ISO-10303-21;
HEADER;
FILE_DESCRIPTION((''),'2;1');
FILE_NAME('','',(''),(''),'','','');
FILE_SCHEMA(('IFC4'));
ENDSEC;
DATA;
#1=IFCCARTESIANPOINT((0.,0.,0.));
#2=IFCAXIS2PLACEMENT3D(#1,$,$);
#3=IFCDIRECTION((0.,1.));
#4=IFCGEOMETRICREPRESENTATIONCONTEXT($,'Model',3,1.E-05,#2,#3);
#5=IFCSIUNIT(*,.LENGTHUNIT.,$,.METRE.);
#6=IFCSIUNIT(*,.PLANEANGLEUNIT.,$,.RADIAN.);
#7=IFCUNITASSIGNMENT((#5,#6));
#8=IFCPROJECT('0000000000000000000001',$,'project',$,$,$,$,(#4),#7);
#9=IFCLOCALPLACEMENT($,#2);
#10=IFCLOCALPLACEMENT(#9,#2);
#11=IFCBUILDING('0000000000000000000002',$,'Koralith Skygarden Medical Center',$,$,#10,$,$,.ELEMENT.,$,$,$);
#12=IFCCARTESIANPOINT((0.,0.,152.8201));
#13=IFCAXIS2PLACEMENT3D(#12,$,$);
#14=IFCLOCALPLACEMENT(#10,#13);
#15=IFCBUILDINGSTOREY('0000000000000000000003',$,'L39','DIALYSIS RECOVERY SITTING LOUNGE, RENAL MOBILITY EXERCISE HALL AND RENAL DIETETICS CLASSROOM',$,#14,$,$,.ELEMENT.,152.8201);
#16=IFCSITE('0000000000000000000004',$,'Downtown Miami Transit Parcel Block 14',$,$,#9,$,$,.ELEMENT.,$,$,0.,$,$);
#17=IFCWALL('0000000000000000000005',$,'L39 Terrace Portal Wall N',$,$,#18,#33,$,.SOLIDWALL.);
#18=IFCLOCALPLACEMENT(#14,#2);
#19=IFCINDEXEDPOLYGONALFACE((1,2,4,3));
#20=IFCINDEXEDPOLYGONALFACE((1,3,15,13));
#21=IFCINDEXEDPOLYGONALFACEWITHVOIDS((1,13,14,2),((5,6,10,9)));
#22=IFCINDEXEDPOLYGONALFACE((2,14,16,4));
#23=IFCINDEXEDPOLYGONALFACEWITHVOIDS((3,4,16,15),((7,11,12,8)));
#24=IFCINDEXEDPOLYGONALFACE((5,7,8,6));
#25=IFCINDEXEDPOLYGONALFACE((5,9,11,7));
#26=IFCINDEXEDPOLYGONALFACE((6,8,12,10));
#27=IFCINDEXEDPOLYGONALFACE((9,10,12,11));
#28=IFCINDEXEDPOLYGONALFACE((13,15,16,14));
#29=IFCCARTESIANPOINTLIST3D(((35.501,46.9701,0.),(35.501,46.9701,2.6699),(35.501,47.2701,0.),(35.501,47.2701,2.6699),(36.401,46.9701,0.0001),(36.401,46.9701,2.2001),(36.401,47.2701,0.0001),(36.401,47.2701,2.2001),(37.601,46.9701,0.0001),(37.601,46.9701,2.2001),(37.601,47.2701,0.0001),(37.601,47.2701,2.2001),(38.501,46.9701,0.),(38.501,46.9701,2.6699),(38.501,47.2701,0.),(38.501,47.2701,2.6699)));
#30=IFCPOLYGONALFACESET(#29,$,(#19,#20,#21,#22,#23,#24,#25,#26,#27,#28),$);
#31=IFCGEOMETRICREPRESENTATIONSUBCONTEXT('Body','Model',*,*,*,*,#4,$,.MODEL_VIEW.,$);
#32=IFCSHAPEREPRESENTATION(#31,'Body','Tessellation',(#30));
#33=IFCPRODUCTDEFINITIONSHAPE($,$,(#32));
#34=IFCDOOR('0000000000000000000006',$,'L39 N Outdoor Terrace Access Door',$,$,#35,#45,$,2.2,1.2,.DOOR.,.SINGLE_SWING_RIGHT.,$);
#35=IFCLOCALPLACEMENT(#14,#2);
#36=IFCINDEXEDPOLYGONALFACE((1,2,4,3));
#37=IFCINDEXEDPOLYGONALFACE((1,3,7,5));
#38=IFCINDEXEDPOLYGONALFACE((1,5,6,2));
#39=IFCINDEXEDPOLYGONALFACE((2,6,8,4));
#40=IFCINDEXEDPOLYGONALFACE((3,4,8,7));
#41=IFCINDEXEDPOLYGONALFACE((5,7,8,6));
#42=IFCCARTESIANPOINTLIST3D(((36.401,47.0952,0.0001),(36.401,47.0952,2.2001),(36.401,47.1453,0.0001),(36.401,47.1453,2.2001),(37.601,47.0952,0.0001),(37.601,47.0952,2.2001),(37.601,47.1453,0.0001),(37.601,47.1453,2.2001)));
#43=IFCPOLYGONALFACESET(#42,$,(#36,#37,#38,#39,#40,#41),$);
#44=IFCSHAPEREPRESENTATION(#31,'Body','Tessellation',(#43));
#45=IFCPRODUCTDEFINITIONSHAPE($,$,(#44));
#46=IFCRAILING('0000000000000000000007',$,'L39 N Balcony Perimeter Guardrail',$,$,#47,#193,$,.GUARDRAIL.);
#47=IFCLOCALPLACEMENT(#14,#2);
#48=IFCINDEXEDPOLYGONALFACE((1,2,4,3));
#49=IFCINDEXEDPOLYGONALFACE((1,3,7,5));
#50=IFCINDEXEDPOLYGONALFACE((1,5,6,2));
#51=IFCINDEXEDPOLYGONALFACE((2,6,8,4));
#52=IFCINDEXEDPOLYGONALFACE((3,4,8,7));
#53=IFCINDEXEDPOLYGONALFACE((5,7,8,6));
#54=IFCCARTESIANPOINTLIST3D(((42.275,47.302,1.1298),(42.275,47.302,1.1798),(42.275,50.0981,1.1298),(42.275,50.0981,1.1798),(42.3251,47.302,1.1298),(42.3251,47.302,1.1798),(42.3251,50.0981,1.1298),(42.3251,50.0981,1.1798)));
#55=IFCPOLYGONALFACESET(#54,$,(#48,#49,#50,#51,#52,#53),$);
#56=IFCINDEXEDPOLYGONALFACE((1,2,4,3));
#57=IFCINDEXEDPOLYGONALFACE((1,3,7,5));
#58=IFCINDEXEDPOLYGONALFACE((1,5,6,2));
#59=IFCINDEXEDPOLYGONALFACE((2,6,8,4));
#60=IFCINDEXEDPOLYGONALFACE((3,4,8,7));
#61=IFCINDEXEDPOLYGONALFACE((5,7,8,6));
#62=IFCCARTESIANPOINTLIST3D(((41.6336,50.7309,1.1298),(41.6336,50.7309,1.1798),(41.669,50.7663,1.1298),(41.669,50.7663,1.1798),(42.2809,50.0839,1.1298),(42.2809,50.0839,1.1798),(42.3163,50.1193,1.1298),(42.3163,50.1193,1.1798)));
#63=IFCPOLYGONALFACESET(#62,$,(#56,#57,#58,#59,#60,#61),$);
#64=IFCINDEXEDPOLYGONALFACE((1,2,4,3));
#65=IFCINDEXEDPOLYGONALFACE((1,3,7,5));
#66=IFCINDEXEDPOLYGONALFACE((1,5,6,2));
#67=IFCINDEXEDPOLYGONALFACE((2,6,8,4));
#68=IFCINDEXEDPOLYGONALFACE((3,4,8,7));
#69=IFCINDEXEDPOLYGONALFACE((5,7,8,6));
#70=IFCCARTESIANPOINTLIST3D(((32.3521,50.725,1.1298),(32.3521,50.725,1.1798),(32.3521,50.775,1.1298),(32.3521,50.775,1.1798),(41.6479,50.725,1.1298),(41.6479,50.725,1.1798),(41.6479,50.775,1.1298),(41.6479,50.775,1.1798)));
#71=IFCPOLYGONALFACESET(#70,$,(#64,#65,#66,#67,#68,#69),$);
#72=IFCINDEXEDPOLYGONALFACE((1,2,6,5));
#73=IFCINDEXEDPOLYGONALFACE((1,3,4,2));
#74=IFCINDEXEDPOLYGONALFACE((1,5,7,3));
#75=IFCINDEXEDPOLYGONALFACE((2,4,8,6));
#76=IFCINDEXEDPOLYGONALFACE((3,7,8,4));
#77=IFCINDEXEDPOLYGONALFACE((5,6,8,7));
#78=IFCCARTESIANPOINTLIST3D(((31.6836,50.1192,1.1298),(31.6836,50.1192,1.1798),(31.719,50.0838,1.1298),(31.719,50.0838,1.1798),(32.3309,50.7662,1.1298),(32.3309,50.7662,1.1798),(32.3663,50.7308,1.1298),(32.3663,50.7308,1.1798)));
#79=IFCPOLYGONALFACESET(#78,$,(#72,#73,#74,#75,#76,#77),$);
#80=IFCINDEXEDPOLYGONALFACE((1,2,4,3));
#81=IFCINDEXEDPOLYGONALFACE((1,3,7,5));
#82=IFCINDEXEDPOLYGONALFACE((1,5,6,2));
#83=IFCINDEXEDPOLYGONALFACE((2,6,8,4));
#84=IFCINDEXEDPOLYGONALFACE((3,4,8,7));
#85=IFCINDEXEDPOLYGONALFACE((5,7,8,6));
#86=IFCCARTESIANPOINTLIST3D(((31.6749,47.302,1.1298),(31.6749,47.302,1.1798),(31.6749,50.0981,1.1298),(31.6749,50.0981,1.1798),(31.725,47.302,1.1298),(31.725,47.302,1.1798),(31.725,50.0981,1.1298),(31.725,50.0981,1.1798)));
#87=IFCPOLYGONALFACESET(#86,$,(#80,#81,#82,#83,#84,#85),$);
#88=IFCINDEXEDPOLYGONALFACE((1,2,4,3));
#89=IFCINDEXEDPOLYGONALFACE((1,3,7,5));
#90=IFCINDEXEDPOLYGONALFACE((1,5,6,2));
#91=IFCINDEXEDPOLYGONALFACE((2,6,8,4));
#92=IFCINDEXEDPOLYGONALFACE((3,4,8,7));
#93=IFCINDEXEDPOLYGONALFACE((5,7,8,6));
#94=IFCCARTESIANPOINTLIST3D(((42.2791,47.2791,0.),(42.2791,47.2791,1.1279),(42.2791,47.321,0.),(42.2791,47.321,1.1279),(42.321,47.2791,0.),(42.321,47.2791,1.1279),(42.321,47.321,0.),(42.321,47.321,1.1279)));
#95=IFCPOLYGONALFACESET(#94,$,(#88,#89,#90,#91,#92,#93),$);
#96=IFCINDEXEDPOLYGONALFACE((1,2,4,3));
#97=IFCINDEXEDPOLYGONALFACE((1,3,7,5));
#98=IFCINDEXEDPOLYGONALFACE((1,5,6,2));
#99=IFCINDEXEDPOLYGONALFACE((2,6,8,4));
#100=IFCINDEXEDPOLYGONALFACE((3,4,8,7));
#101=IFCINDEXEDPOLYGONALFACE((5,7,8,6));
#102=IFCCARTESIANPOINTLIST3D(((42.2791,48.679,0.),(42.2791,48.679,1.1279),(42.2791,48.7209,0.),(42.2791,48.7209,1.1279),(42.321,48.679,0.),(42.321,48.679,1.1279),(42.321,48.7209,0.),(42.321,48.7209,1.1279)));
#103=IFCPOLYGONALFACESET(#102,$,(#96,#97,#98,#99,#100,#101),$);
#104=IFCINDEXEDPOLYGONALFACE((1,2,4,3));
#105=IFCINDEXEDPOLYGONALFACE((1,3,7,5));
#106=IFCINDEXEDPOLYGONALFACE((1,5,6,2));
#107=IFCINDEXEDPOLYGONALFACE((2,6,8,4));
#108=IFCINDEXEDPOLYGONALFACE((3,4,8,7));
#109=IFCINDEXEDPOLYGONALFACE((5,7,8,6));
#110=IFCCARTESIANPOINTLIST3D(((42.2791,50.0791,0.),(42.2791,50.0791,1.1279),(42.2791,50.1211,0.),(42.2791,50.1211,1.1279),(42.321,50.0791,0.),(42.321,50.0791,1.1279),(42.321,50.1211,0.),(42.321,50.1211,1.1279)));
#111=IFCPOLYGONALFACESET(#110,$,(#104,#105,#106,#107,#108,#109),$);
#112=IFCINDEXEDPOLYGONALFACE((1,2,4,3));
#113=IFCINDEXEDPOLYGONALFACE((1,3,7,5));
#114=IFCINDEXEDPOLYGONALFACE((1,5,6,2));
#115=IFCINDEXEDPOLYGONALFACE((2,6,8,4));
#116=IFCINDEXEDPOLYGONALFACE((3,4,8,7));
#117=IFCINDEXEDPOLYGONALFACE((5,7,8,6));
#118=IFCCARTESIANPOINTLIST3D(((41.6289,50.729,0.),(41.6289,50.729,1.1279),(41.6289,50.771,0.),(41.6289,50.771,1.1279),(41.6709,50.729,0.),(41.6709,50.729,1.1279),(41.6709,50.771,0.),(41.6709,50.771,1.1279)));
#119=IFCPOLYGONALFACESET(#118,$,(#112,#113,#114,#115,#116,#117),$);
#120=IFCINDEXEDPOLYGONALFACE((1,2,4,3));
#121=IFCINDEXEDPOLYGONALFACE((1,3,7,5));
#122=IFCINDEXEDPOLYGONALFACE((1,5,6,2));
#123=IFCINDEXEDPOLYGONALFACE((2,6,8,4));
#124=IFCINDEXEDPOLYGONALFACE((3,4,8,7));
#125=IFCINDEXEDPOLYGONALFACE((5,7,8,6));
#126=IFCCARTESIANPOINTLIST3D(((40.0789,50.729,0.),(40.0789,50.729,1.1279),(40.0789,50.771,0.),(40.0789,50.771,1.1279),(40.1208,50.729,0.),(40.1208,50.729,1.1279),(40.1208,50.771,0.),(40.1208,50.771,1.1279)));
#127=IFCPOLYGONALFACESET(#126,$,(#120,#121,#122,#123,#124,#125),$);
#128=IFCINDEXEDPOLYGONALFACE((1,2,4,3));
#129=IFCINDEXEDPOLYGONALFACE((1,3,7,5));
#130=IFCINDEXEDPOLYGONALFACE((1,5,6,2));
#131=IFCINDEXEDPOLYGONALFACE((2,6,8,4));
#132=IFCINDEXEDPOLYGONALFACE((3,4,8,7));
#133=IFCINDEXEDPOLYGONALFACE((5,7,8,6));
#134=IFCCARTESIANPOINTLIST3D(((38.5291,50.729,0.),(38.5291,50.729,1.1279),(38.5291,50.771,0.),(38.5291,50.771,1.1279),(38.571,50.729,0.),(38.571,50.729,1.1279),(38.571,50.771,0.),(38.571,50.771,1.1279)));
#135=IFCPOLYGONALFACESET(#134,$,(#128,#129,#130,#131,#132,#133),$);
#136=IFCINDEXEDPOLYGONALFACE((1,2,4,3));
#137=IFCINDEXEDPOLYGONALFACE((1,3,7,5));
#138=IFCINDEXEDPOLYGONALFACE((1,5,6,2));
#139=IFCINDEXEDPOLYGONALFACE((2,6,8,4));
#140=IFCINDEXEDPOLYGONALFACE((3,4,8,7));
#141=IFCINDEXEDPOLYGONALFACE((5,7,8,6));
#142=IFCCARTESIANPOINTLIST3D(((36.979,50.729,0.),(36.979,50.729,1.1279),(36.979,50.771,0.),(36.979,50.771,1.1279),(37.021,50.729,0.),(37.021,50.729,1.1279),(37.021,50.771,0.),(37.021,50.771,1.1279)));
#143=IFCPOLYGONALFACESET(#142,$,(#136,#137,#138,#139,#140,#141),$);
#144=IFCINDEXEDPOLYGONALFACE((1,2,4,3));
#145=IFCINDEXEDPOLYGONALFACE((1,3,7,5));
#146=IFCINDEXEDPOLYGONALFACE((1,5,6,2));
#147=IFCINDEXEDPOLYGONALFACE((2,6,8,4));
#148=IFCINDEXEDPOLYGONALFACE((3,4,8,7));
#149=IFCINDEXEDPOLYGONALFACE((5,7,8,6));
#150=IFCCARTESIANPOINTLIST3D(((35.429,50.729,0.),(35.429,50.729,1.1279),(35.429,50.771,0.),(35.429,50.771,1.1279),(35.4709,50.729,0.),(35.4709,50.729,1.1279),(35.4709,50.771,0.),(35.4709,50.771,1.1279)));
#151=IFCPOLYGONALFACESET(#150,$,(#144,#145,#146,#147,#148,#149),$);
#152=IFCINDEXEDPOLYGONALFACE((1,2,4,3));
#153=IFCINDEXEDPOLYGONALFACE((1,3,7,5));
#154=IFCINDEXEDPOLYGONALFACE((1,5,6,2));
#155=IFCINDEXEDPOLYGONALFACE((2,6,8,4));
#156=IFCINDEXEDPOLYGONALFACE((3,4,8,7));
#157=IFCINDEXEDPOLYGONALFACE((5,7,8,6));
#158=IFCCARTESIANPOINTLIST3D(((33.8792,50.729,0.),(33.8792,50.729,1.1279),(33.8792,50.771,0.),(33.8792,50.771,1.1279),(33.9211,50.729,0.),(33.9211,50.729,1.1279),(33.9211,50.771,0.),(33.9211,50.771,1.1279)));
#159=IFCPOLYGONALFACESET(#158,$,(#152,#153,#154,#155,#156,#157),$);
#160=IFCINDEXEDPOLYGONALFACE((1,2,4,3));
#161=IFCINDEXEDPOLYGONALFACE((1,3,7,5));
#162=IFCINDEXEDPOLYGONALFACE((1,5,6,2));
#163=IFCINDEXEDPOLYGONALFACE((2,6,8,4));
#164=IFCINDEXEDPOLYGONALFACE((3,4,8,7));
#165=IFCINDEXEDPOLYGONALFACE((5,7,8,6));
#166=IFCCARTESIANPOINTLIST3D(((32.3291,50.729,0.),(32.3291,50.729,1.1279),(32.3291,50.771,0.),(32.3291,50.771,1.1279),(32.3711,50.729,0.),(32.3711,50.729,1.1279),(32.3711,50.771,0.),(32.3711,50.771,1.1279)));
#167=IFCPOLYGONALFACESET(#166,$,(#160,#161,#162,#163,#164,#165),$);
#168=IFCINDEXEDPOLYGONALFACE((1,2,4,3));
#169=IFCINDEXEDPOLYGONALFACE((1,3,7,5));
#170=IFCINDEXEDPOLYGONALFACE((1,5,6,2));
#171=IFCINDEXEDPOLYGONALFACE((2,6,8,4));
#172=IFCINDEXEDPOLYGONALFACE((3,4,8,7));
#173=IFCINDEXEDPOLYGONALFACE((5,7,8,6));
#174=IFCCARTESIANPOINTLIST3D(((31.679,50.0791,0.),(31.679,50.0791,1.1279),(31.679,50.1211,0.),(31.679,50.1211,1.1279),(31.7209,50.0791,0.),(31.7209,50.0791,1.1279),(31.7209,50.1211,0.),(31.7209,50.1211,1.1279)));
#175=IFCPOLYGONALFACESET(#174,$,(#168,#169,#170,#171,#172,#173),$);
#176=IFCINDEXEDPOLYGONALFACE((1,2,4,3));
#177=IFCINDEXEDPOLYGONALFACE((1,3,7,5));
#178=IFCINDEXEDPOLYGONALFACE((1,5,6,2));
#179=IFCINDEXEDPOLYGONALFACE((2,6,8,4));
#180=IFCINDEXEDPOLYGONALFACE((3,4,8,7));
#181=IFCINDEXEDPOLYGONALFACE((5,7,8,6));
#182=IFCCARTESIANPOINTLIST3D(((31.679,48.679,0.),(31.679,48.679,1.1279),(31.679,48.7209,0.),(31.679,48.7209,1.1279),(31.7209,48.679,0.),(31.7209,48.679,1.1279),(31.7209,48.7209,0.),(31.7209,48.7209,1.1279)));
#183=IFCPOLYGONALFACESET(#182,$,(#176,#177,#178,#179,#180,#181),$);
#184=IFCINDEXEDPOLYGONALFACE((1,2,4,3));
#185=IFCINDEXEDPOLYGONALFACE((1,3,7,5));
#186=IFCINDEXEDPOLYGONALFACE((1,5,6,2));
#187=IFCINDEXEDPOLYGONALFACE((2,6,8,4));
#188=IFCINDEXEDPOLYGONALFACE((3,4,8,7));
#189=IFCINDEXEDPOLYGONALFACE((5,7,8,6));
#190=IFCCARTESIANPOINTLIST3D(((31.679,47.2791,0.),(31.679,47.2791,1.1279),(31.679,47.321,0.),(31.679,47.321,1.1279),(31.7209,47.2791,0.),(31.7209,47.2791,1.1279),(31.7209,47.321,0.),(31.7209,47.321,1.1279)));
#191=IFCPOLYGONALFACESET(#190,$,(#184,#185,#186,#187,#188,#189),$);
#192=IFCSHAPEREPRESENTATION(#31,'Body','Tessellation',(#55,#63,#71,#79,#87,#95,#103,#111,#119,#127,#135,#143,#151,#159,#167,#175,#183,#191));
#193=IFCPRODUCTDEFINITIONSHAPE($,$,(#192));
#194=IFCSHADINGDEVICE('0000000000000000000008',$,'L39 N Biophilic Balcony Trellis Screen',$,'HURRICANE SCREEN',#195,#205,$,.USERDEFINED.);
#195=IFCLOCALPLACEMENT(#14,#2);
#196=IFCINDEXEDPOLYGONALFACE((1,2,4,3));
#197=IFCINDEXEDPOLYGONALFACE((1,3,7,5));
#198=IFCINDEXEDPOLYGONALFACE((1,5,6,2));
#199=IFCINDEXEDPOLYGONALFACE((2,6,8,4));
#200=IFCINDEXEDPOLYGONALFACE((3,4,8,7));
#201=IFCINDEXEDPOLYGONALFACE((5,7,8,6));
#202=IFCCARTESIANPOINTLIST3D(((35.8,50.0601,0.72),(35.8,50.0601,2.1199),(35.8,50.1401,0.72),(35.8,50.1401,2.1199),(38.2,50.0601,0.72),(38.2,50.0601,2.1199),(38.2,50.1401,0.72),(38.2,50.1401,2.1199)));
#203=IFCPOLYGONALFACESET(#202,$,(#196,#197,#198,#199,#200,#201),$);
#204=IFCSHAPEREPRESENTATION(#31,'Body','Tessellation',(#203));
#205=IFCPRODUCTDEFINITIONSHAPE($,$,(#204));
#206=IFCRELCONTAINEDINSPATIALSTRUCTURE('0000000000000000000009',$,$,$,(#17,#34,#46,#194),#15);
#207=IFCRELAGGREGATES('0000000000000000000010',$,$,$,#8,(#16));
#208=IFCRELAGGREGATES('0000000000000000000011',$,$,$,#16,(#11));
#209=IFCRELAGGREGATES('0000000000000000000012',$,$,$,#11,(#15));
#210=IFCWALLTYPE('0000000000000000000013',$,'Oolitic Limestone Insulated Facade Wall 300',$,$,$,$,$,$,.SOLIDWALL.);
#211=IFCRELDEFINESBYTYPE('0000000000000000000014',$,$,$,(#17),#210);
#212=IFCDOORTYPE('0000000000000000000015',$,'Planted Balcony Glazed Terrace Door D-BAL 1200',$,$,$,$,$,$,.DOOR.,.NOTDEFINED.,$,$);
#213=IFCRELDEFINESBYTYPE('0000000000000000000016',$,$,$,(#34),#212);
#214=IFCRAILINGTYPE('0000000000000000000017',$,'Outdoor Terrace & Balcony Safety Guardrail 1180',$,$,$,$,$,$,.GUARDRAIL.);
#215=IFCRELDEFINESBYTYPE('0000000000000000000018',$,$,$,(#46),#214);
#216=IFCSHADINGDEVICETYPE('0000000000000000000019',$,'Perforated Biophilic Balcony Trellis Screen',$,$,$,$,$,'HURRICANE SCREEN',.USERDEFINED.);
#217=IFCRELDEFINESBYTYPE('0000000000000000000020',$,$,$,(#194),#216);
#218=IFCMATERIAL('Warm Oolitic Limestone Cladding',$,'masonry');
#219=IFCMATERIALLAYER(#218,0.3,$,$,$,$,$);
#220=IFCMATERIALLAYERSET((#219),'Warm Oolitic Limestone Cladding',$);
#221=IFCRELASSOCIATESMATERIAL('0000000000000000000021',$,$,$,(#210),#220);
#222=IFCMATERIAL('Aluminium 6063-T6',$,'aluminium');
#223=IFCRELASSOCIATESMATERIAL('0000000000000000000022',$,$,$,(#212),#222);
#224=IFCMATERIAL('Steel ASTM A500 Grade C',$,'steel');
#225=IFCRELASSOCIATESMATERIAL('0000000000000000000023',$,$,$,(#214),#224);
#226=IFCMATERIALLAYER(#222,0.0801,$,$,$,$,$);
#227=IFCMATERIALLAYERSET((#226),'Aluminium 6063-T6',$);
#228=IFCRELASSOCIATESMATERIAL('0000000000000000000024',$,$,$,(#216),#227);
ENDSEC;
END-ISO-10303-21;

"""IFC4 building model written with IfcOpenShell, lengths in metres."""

from ifc_helpers import new_model, si_unit, direction, frame, frame_2d, origin, origin_2d, place, context, subcontext, project, spatial, rectangle, extrude, material, layer, layer_set, type_object, element, fill, save


model = new_model("IFC4")

# Units and contexts
model_context = context("Model", 3, precision=1e-05, world=origin(), true_north=direction((0.0, 1.0)))
body_context = subcontext(model_context, "Body", "Model", "MODEL_VIEW")
ifc_project = project(units=[si_unit("LENGTHUNIT", "METRE"), si_unit("PLANEANGLEUNIT", "RADIAN")], contexts=[model_context])

# Site, building, storey
site_placement = place(None, origin())
site = spatial("IfcSite", under=ifc_project, at=site_placement, Name="Downtown Miami Transit Parcel Block 14", CompositionType="ELEMENT", RefElevation=0.0)
building_placement = place(site_placement, origin())
building = spatial("IfcBuilding", under=site, at=building_placement, Name="Koralith Skygarden Medical Center", CompositionType="ELEMENT")
storey_placement = place(building_placement, frame((0.0, 0.0, 152.8201)))
storey = spatial("IfcBuildingStorey", under=building, at=storey_placement, Name="L39", Description="DIALYSIS RECOVERY SITTING LOUNGE, RENAL MOBILITY EXERCISE HALL AND RENAL DIETETICS CLASSROOM", CompositionType="ELEMENT", Elevation=152.8201)

# Shared definitions
ifc_material_1 = material(Name="Aluminium 6063-T6", Category="aluminium")

# Shared definitions
ifc_material_2 = material(Name="Warm Oolitic Limestone Cladding", Category="masonry")

# Wall, opening, door
ifc_layer_1 = layer(ifc_material_2, 0.3)
ifc_layer_set_1 = layer_set([ifc_layer_1], Name="Warm Oolitic Limestone Cladding")
wall_type_1 = type_object("IfcWallType", Name="Oolitic Limestone Insulated Facade Wall 300", PredefinedType="SOLIDWALL", material=ifc_layer_set_1)
wall_1_placement = place(storey_placement, frame((38.501, 47.1201, 0.0), z_axis=(0.0, 0.0, 1.0), x_axis=(-1.0, 0.0, 0.0)))
wall_1 = element("IfcWall", 1, at=wall_1_placement, inside=storey, type_object=wall_type_1, Name="L39 Terrace Portal Wall N", PredefinedType="SOLIDWALL", context=body_context, shape_type="SweptSolid", body=[
    extrude(rectangle(XDim=3.0, YDim=0.3, at=frame_2d((1.5, 0.0))), origin(), (0.0, 0.0, 1.0), 2.6699),
])
opening_1_placement = place(wall_1_placement, frame((0.8999, 0.0, 0.0)))
opening_1 = element("IfcOpeningElement", 2, at=opening_1_placement, cuts=wall_1, PredefinedType="OPENING", context=body_context, shape_type="SweptSolid", body=[
    extrude(rectangle(XDim=1.2, YDim=2.2, at=frame_2d((0.6001, 1.1001))), frame((0.0, 0.1599, 0.0), z_axis=(0.0, -1.0, 0.0), x_axis=(1.0, 0.0, 0.0)), (0.0, 0.0, 1.0), 0.3201),
])
door_type_1 = type_object("IfcDoorType", Name="Planted Balcony Glazed Terrace Door D-BAL 1200", OperationType="NOTDEFINED", PredefinedType="DOOR", material=ifc_material_1)
door_1_placement = place(opening_1_placement, origin())
door_1 = element("IfcDoor", 3, at=door_1_placement, inside=storey, type_object=door_type_1, Name="L39 N Outdoor Terrace Access Door", OperationType="SINGLE_SWING_RIGHT", OverallHeight=2.2, OverallWidth=1.2, PredefinedType="DOOR", context=body_context, shape_type="SweptSolid", body=[
    extrude(rectangle(XDim=1.2, YDim=2.2, at=frame_2d((0.6001, 1.1001))), frame((0.0, 0.0249, 0.0), z_axis=(0.0, -1.0, 0.0), x_axis=(1.0, 0.0, 0.0)), (0.0, 0.0, 1.0), 0.05),
])
fill(opening_1, door_1)

# Railing
ifc_material_3 = material(Name="Steel ASTM A500 Grade C", Category="steel")
railing_type = type_object("IfcRailingType", Name="Outdoor Terrace & Balcony Safety Guardrail 1180", PredefinedType="GUARDRAIL", material=ifc_material_3)
railing_placement = place(storey_placement, frame((42.3, 47.3, 0.0)))
element("IfcRailing", 4, at=railing_placement, inside=storey, type_object=railing_type, Name="L39 N Balcony Perimeter Guardrail", PredefinedType="GUARDRAIL", context=body_context, shape_type="SweptSolid", body=[
    extrude(rectangle(XDim=0.05, YDim=0.05, at=origin_2d()), frame((0.0, 0.002, 1.1548), z_axis=(0.0, 1.0, 0.0), x_axis=(-1.0, 0.0, 0.0)), (0.0, 0.0, 1.0), 2.7961),
    extrude(rectangle(XDim=0.05, YDim=0.05, at=origin_2d()), frame((-0.0015, 2.8015, 1.1548), z_axis=(-0.70724, 0.706974, 0.0), x_axis=(-0.706974, -0.70724, 0.0)), (0.0, 0.0, 1.0), 0.9153),
    extrude(rectangle(XDim=0.05, YDim=0.05, at=origin_2d()), frame((-0.6521, 3.45, 1.1548), z_axis=(-1.0, 0.0, 0.0), x_axis=(0.0, -1.0, 0.0)), (0.0, 0.0, 1.0), 9.2959),
    extrude(rectangle(XDim=0.05, YDim=0.05, at=origin_2d()), frame((-9.9514, 3.4485, 1.1548), z_axis=(-0.70724, -0.706974, 0.0), x_axis=(0.706974, -0.70724, 0.0)), (0.0, 0.0, 1.0), 0.9153),
    extrude(rectangle(XDim=0.05, YDim=0.05, at=origin_2d()), frame((-10.6001, 2.7981, 1.1548), z_axis=(0.0, -1.0, 0.0), x_axis=(1.0, 0.0, 0.0)), (0.0, 0.0, 1.0), 2.7961),
    extrude(rectangle(XDim=0.042, YDim=0.042, at=origin_2d()), origin(), (0.0, 0.0, 1.0), 1.1279),
    extrude(rectangle(XDim=0.042, YDim=0.042, at=origin_2d()), frame((0.0, 1.3999, 0.0)), (0.0, 0.0, 1.0), 1.1279),
    extrude(rectangle(XDim=0.042, YDim=0.042, at=origin_2d()), frame((0.0, 2.8, 0.0)), (0.0, 0.0, 1.0), 1.1279),
    extrude(rectangle(XDim=0.042, YDim=0.042, at=origin_2d()), frame((-0.6501, 3.45, 0.0)), (0.0, 0.0, 1.0), 1.1279),
    extrude(rectangle(XDim=0.042, YDim=0.042, at=origin_2d()), frame((-2.2002, 3.45, 0.0)), (0.0, 0.0, 1.0), 1.1279),
    extrude(rectangle(XDim=0.042, YDim=0.042, at=origin_2d()), frame((-3.75, 3.45, 0.0)), (0.0, 0.0, 1.0), 1.1279),
    extrude(rectangle(XDim=0.042, YDim=0.042, at=origin_2d()), frame((-5.3, 3.45, 0.0)), (0.0, 0.0, 1.0), 1.1279),
    extrude(rectangle(XDim=0.042, YDim=0.042, at=origin_2d()), frame((-6.8501, 3.45, 0.0)), (0.0, 0.0, 1.0), 1.1279),
    extrude(rectangle(XDim=0.042, YDim=0.042, at=origin_2d()), frame((-8.3999, 3.45, 0.0)), (0.0, 0.0, 1.0), 1.1279),
    extrude(rectangle(XDim=0.042, YDim=0.042, at=origin_2d()), frame((-9.95, 3.45, 0.0)), (0.0, 0.0, 1.0), 1.1279),
    extrude(rectangle(XDim=0.042, YDim=0.042, at=origin_2d()), frame((-10.6001, 2.8, 0.0)), (0.0, 0.0, 1.0), 1.1279),
    extrude(rectangle(XDim=0.042, YDim=0.042, at=origin_2d()), frame((-10.6001, 1.3999, 0.0)), (0.0, 0.0, 1.0), 1.1279),
    extrude(rectangle(XDim=0.042, YDim=0.042, at=origin_2d()), frame((-10.6001, 0.0, 0.0)), (0.0, 0.0, 1.0), 1.1279),
])

# Shading device
ifc_layer_2 = layer(ifc_material_1, 0.0801)
ifc_layer_set_2 = layer_set([ifc_layer_2], Name="Aluminium 6063-T6")
shading_device_type = type_object("IfcShadingDeviceType", Name="Perforated Biophilic Balcony Trellis Screen", ElementType="HURRICANE SCREEN", PredefinedType="USERDEFINED", material=ifc_layer_set_2)
shading_device_placement = place(storey_placement, frame((37.0, 50.1001, 0.72), z_axis=(0.0, 0.0, 1.0), x_axis=(1.0, 0.0, 0.0)))
element("IfcShadingDevice", 5, at=shading_device_placement, inside=storey, type_object=shading_device_type, Name="L39 N Biophilic Balcony Trellis Screen", ObjectType="HURRICANE SCREEN", PredefinedType="USERDEFINED", context=body_context, shape_type="SweptSolid", body=[
    extrude(rectangle(XDim=2.3999, YDim=0.0801, at=origin_2d()), origin(), (0.0, 0.0, 1.0), 1.3999),
])

save(model, "model.ifc")
